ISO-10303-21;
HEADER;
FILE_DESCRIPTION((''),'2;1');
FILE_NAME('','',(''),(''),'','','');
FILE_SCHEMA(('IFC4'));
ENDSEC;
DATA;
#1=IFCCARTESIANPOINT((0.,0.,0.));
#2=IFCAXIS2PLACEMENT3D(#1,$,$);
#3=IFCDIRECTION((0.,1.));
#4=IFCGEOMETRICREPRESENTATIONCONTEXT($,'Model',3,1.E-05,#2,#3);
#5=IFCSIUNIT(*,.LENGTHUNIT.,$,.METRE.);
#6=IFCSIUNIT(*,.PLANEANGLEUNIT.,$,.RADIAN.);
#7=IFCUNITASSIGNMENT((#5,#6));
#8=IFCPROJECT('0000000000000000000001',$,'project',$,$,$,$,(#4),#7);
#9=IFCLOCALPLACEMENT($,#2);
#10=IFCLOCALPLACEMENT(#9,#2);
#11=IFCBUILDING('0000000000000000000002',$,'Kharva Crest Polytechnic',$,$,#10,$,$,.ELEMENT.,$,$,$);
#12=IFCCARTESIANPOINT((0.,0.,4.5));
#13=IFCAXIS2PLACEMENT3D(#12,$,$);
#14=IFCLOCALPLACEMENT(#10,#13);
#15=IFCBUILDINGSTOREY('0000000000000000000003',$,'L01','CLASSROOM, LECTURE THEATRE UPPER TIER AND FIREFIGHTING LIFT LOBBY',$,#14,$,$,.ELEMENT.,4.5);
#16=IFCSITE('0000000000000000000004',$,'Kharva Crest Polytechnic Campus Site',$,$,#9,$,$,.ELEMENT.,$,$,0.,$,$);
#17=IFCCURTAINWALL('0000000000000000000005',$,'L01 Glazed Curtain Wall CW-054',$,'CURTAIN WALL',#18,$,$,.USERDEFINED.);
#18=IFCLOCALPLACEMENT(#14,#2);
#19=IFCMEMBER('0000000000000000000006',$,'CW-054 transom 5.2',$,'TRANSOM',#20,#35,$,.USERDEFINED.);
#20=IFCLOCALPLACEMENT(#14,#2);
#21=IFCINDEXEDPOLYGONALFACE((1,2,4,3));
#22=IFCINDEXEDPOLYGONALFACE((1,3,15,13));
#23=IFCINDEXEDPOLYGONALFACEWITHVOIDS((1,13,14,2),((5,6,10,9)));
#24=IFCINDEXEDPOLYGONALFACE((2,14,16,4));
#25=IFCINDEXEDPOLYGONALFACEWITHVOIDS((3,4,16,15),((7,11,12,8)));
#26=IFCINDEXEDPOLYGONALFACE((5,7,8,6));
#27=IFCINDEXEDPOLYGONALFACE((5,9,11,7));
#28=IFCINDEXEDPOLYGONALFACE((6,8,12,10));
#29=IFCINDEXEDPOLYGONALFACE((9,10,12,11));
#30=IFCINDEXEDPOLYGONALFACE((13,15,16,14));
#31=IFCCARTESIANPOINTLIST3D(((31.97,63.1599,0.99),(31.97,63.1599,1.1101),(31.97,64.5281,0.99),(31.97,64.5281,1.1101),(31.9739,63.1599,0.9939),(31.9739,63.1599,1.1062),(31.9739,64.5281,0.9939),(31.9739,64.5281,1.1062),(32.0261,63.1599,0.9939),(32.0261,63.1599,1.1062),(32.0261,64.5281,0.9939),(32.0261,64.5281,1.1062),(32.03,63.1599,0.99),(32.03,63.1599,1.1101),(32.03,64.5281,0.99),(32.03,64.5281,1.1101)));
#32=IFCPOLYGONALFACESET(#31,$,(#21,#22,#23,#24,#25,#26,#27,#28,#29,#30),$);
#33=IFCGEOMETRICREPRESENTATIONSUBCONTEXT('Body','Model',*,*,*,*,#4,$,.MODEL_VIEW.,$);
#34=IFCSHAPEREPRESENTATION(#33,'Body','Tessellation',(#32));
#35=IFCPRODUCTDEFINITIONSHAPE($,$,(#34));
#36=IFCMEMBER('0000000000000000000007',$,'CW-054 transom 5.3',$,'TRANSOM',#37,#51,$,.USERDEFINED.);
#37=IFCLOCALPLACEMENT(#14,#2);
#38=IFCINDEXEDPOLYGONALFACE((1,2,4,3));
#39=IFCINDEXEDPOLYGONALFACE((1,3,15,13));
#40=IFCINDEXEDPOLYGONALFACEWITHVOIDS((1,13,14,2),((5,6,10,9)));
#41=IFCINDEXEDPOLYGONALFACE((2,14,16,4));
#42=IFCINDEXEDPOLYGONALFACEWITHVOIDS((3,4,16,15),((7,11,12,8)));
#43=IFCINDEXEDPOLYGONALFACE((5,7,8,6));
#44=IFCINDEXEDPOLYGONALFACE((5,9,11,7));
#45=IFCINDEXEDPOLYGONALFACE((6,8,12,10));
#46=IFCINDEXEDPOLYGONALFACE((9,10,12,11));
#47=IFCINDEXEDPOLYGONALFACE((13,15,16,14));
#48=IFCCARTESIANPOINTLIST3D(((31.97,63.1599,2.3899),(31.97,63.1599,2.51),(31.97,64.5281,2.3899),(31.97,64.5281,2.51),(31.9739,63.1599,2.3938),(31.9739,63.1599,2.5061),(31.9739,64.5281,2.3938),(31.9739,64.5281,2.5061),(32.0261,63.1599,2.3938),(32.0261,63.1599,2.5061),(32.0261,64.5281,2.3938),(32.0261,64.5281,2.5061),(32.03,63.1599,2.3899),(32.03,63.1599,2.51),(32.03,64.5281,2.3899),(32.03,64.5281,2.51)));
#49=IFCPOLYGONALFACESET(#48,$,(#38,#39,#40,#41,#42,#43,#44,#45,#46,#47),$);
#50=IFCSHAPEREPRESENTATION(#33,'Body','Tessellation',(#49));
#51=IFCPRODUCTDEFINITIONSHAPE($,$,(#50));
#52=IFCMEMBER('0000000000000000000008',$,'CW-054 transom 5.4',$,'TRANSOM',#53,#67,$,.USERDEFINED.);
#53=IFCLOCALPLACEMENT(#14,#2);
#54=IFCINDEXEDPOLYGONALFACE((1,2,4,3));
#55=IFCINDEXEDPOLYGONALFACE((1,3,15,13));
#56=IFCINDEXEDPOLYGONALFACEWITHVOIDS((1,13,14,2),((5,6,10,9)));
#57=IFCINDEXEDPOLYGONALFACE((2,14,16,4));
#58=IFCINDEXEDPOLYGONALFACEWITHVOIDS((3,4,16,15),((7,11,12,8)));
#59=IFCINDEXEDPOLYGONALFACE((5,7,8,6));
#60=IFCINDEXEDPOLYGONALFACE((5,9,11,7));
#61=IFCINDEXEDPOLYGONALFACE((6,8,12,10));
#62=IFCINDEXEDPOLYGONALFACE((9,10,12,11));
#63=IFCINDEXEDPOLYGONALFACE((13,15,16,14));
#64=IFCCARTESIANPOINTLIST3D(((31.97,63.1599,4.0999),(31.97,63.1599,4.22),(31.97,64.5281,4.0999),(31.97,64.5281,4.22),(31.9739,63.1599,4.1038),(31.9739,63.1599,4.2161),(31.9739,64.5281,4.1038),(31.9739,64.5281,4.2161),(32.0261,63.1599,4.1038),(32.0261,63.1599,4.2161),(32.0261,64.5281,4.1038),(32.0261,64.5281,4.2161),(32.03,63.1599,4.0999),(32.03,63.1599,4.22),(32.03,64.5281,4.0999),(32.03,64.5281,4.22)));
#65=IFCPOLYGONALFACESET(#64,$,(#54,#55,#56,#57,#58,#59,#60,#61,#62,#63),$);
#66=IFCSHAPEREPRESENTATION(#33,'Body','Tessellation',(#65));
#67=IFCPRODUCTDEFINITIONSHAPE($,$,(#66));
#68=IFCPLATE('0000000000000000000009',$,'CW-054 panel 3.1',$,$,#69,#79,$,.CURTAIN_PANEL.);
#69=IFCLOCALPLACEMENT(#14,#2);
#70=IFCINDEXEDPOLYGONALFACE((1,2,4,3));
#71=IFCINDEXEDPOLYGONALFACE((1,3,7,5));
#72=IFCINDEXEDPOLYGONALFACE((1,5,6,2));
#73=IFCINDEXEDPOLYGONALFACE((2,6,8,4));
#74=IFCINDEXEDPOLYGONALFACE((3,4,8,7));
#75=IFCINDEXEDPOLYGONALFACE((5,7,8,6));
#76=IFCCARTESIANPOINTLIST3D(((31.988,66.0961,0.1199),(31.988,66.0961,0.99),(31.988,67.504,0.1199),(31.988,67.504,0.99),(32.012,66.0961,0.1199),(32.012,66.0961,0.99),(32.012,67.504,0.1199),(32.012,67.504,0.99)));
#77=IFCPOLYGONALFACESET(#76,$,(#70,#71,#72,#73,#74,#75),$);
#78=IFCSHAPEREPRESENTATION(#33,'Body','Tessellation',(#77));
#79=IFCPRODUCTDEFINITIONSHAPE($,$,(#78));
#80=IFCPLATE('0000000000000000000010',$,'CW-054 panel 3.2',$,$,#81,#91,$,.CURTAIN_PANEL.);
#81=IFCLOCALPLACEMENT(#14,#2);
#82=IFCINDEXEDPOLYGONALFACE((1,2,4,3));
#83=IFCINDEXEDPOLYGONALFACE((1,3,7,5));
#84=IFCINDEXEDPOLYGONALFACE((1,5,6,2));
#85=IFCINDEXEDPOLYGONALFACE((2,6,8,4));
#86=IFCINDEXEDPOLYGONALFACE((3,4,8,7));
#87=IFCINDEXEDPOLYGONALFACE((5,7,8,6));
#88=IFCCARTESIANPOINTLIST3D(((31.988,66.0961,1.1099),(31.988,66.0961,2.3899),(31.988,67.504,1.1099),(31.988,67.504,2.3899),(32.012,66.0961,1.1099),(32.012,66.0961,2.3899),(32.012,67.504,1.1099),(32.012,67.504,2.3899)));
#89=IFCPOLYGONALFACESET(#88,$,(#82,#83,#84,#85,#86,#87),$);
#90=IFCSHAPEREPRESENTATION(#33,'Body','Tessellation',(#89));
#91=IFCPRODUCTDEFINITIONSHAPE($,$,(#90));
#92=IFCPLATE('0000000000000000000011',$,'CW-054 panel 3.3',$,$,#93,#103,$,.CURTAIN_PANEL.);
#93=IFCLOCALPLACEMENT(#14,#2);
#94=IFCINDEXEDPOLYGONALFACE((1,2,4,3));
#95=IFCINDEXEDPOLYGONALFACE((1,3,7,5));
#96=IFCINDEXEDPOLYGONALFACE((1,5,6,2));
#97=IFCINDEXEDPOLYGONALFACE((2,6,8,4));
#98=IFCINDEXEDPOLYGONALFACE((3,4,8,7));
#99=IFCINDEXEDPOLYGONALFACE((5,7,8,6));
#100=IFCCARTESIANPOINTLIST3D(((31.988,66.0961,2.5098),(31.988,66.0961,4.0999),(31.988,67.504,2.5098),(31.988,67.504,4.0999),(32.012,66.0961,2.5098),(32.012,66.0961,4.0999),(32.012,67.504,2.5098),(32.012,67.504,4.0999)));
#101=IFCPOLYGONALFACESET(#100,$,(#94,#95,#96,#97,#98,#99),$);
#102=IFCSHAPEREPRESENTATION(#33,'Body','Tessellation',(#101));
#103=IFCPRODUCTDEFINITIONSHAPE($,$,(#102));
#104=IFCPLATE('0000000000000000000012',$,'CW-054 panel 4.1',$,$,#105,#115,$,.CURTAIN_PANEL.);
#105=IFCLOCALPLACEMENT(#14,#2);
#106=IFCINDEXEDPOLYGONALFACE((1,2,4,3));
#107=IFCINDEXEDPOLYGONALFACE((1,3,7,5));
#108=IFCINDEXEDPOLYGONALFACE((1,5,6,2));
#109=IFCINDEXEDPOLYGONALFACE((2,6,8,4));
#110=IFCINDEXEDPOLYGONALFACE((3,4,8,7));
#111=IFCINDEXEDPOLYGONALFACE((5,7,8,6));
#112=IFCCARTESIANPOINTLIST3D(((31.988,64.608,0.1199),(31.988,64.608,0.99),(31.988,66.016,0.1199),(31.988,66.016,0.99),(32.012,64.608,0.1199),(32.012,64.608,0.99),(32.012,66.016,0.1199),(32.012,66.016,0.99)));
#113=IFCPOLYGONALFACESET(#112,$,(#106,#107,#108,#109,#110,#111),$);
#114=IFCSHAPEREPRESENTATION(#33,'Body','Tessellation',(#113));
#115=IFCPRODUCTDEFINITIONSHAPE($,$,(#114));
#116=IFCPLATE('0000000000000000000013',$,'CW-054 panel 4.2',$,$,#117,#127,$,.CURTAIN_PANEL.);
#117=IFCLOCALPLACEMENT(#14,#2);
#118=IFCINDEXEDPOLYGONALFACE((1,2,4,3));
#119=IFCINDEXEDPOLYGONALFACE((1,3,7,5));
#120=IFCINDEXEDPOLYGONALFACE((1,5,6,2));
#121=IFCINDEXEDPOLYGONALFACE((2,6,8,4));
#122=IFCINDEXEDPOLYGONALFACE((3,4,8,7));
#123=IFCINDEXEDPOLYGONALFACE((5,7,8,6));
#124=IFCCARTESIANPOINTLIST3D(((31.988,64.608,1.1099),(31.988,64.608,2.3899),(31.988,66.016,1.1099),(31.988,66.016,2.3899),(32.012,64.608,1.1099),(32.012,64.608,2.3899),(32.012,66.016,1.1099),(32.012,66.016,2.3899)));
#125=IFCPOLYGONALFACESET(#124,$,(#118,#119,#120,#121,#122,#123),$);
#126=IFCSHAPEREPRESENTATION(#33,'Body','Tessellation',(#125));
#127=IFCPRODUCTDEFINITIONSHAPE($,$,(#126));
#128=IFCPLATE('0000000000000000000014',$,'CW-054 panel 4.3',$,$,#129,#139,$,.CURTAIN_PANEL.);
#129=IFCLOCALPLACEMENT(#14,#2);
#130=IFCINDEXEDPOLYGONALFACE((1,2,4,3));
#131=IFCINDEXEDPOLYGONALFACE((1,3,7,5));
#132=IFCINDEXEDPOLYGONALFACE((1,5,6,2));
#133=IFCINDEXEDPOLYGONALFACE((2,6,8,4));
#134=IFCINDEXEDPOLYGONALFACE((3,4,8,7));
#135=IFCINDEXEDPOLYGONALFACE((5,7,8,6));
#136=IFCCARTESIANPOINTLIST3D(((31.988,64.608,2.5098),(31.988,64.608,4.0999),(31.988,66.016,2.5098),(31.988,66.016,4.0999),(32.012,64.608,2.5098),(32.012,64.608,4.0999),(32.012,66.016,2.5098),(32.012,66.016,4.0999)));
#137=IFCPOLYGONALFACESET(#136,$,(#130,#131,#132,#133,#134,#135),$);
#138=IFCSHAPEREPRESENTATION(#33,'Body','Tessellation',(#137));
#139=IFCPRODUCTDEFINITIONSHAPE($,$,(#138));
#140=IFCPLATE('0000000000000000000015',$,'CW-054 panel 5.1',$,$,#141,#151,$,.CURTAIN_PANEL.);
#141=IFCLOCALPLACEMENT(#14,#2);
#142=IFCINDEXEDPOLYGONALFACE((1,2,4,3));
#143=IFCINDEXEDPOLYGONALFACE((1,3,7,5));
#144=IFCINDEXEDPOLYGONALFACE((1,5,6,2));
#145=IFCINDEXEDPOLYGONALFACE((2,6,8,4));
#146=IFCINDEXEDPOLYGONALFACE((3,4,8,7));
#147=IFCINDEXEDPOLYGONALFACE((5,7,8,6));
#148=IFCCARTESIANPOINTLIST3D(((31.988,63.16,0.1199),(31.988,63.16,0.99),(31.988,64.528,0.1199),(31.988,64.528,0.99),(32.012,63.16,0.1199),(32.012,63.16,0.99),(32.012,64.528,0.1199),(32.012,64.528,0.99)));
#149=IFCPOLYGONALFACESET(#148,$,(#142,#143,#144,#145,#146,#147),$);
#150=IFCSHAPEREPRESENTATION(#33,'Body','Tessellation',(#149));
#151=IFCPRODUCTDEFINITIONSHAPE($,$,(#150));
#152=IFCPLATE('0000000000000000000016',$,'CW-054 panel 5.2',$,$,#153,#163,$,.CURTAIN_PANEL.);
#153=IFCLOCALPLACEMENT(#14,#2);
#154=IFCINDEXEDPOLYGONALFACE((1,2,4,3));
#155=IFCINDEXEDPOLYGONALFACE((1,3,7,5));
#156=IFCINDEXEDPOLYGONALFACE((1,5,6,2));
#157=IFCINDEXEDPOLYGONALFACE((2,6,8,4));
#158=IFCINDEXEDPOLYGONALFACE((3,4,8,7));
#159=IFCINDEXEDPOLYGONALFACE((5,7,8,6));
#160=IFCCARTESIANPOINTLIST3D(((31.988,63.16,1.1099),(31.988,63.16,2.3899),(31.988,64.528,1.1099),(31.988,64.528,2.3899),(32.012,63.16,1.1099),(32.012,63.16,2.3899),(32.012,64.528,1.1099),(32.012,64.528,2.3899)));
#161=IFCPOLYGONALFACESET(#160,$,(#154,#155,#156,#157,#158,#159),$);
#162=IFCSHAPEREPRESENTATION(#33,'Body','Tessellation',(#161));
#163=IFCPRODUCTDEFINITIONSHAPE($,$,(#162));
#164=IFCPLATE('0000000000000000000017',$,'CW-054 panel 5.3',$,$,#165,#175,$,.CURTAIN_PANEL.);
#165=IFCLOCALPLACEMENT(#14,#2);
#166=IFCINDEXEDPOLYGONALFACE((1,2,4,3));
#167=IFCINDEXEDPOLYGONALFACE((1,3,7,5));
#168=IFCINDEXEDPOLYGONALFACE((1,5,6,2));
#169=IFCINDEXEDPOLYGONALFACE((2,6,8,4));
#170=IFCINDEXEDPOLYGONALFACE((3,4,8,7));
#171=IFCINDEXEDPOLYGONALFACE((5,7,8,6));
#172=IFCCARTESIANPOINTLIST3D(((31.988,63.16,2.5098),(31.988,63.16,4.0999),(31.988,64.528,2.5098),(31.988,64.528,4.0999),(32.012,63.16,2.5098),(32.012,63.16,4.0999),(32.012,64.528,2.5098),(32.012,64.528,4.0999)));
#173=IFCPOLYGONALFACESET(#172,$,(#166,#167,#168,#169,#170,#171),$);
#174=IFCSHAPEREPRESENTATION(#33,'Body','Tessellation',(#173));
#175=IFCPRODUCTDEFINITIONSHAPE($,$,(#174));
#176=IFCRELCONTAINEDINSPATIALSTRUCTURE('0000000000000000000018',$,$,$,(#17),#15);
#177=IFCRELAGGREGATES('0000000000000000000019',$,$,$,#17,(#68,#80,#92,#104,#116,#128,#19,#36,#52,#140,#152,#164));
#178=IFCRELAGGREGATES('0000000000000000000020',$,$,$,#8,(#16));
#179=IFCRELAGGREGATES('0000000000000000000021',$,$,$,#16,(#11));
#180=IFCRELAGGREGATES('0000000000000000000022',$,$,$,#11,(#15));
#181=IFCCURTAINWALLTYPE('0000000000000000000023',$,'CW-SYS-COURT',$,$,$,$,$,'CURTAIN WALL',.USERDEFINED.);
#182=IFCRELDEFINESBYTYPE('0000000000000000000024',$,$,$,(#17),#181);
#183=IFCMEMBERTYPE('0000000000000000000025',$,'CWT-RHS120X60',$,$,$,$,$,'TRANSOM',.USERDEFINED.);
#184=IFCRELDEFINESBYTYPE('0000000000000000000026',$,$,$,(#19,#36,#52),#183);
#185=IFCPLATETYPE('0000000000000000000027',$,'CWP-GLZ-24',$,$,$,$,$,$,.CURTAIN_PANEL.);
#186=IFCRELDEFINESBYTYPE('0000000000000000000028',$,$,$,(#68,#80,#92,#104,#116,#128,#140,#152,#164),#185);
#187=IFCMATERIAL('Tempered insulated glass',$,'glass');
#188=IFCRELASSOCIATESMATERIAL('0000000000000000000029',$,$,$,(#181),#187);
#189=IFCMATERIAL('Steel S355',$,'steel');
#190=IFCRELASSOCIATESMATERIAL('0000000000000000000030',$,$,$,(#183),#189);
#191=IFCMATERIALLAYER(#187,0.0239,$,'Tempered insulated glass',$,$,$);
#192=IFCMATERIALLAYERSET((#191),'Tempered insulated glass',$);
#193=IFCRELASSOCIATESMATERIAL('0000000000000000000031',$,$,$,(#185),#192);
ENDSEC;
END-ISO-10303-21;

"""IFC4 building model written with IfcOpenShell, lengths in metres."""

from ifc_helpers import new_model, si_unit, direction, frame, origin, origin_2d, place, context, subcontext, project, spatial, rectangle, hollow_rectangle, extrude, material, layer, layer_set, material_profile, profile_set, type_object, element, aggregate, save


model = new_model("IFC4")

# Units and contexts
model_context = context("Model", 3, precision=1e-05, world=origin(), true_north=direction((0.0, 1.0)))
body_context = subcontext(model_context, "Body", "Model", "MODEL_VIEW")
ifc_project = project(units=[si_unit("LENGTHUNIT", "METRE"), si_unit("PLANEANGLEUNIT", "RADIAN")], contexts=[model_context])

# Site, building, storey
site_placement = place(None, origin())
site = spatial("IfcSite", under=ifc_project, at=site_placement, Name="Kharva Crest Polytechnic Campus Site", CompositionType="ELEMENT", RefElevation=0.0)
building_placement = place(site_placement, origin())
building = spatial("IfcBuilding", under=site, at=building_placement, Name="Kharva Crest Polytechnic", CompositionType="ELEMENT")
storey_placement = place(building_placement, frame((0.0, 0.0, 4.5)))
storey = spatial("IfcBuildingStorey", under=building, at=storey_placement, Name="L01", Description="CLASSROOM, LECTURE THEATRE UPPER TIER AND FIREFIGHTING LIFT LOBBY", CompositionType="ELEMENT", Elevation=4.5)

# Curtain wall, members, plates
ifc_material_1 = material(Name="Tempered insulated glass", Category="glass")
curtain_wall_type = type_object("IfcCurtainWallType", Name="CW-SYS-COURT", ElementType="CURTAIN WALL", PredefinedType="USERDEFINED", material=ifc_material_1)
curtain_wall_placement = place(storey_placement, origin())
curtain_wall = element("IfcCurtainWall", 1, at=curtain_wall_placement, inside=storey, type_object=curtain_wall_type, Name="L01 Glazed Curtain Wall CW-054", ObjectType="CURTAIN WALL", PredefinedType="USERDEFINED")
ifc_material_2 = material(Name="Steel S355", Category="steel")
ifc_material_profile_1 = material_profile(ifc_material_2, hollow_rectangle(XDim=0.0601, YDim=0.1201, WallThickness=0.0039, at=origin_2d()), Name="RHS 120X60X4.0")
ifc_profile_set_1 = profile_set([ifc_material_profile_1], Name="Steel S355")
member_type_1 = type_object("IfcMemberType", Name="CWT-RHS120X60", ElementType="TRANSOM", PredefinedType="USERDEFINED", material=ifc_profile_set_1)
member_1_placement = place(storey_placement, frame((32.0, 64.5281, 1.05), z_axis=(0.0, -1.0, 0.0), x_axis=(1.0, 0.0, 0.0)))
member_1 = element("IfcMember", 2, at=member_1_placement, type_object=member_type_1, Name="CW-054 transom 5.2", ObjectType="TRANSOM", PredefinedType="USERDEFINED", context=body_context, shape_type="SweptSolid", body=[
    extrude(hollow_rectangle(XDim=0.0601, YDim=0.1201, WallThickness=0.0039, at=origin_2d()), origin(), (0.0, 0.0, 1.0), 1.3682),
])
member_2_placement = place(storey_placement, frame((32.0, 64.5281, 2.45), z_axis=(0.0, -1.0, 0.0), x_axis=(1.0, 0.0, 0.0)))
member_2 = element("IfcMember", 3, at=member_2_placement, type_object=member_type_1, Name="CW-054 transom 5.3", ObjectType="TRANSOM", PredefinedType="USERDEFINED", context=body_context, shape_type="SweptSolid", body=[
    extrude(hollow_rectangle(XDim=0.0601, YDim=0.1201, WallThickness=0.0039, at=origin_2d()), origin(), (0.0, 0.0, 1.0), 1.3682),
])
member_3_placement = place(storey_placement, frame((32.0, 64.5281, 4.1599), z_axis=(0.0, -1.0, 0.0), x_axis=(1.0, 0.0, 0.0)))
member_3 = element("IfcMember", 4, at=member_3_placement, type_object=member_type_1, Name="CW-054 transom 5.4", ObjectType="TRANSOM", PredefinedType="USERDEFINED", context=body_context, shape_type="SweptSolid", body=[
    extrude(hollow_rectangle(XDim=0.0601, YDim=0.1201, WallThickness=0.0039, at=origin_2d()), origin(), (0.0, 0.0, 1.0), 1.3682),
])
ifc_layer_1 = layer(ifc_material_1, 0.0239, Name="Tempered insulated glass")
ifc_layer_set_1 = layer_set([ifc_layer_1], Name="Tempered insulated glass")
plate_type = type_object("IfcPlateType", Name="CWP-GLZ-24", PredefinedType="CURTAIN_PANEL", material=ifc_layer_set_1)
plate_1_placement = place(storey_placement, frame((32.0, 66.8, 0.1199), z_axis=(0.0, 0.0, 1.0), x_axis=(0.0, -1.0, 0.0)))
plate_1 = element("IfcPlate", 5, at=plate_1_placement, type_object=plate_type, Name="CW-054 panel 3.1", PredefinedType="CURTAIN_PANEL", context=body_context, shape_type="SweptSolid", body=[
    extrude(rectangle(XDim=1.408, YDim=0.0239, at=origin_2d()), origin(), (0.0, 0.0, 1.0), 0.8701),
])
plate_2_placement = place(storey_placement, frame((32.0, 66.8, 1.1099), z_axis=(0.0, 0.0, 1.0), x_axis=(0.0, -1.0, 0.0)))
plate_2 = element("IfcPlate", 6, at=plate_2_placement, type_object=plate_type, Name="CW-054 panel 3.2", PredefinedType="CURTAIN_PANEL", context=body_context, shape_type="SweptSolid", body=[
    extrude(rectangle(XDim=1.408, YDim=0.0239, at=origin_2d()), origin(), (0.0, 0.0, 1.0), 1.28),
])
plate_3_placement = place(storey_placement, frame((32.0, 66.8, 2.5098), z_axis=(0.0, 0.0, 1.0), x_axis=(0.0, -1.0, 0.0)))
plate_3 = element("IfcPlate", 7, at=plate_3_placement, type_object=plate_type, Name="CW-054 panel 3.3", PredefinedType="CURTAIN_PANEL", context=body_context, shape_type="SweptSolid", body=[
    extrude(rectangle(XDim=1.408, YDim=0.0239, at=origin_2d()), origin(), (0.0, 0.0, 1.0), 1.5901),
])
plate_4_placement = place(storey_placement, frame((32.0, 65.312, 0.1199), z_axis=(0.0, 0.0, 1.0), x_axis=(0.0, -1.0, 0.0)))
plate_4 = element("IfcPlate", 8, at=plate_4_placement, type_object=plate_type, Name="CW-054 panel 4.1", PredefinedType="CURTAIN_PANEL", context=body_context, shape_type="SweptSolid", body=[
    extrude(rectangle(XDim=1.408, YDim=0.0239, at=origin_2d()), origin(), (0.0, 0.0, 1.0), 0.8701),
])
plate_5_placement = place(storey_placement, frame((32.0, 65.312, 1.1099), z_axis=(0.0, 0.0, 1.0), x_axis=(0.0, -1.0, 0.0)))
plate_5 = element("IfcPlate", 9, at=plate_5_placement, type_object=plate_type, Name="CW-054 panel 4.2", PredefinedType="CURTAIN_PANEL", context=body_context, shape_type="SweptSolid", body=[
    extrude(rectangle(XDim=1.408, YDim=0.0239, at=origin_2d()), origin(), (0.0, 0.0, 1.0), 1.28),
])
plate_6_placement = place(storey_placement, frame((32.0, 65.312, 2.5098), z_axis=(0.0, 0.0, 1.0), x_axis=(0.0, -1.0, 0.0)))
plate_6 = element("IfcPlate", 10, at=plate_6_placement, type_object=plate_type, Name="CW-054 panel 4.3", PredefinedType="CURTAIN_PANEL", context=body_context, shape_type="SweptSolid", body=[
    extrude(rectangle(XDim=1.408, YDim=0.0239, at=origin_2d()), origin(), (0.0, 0.0, 1.0), 1.5901),
])
plate_7_placement = place(storey_placement, frame((32.0, 63.844, 0.1199), z_axis=(0.0, 0.0, 1.0), x_axis=(0.0, -1.0, 0.0)))
plate_7 = element("IfcPlate", 11, at=plate_7_placement, type_object=plate_type, Name="CW-054 panel 5.1", PredefinedType="CURTAIN_PANEL", context=body_context, shape_type="SweptSolid", body=[
    extrude(rectangle(XDim=1.3679, YDim=0.0239, at=origin_2d()), origin(), (0.0, 0.0, 1.0), 0.8701),
])
plate_8_placement = place(storey_placement, frame((32.0, 63.844, 1.1099), z_axis=(0.0, 0.0, 1.0), x_axis=(0.0, -1.0, 0.0)))
plate_8 = element("IfcPlate", 12, at=plate_8_placement, type_object=plate_type, Name="CW-054 panel 5.2", PredefinedType="CURTAIN_PANEL", context=body_context, shape_type="SweptSolid", body=[
    extrude(rectangle(XDim=1.3679, YDim=0.0239, at=origin_2d()), origin(), (0.0, 0.0, 1.0), 1.28),
])
plate_9_placement = place(storey_placement, frame((32.0, 63.844, 2.5098), z_axis=(0.0, 0.0, 1.0), x_axis=(0.0, -1.0, 0.0)))
plate_9 = element("IfcPlate", 13, at=plate_9_placement, type_object=plate_type, Name="CW-054 panel 5.3", PredefinedType="CURTAIN_PANEL", context=body_context, shape_type="SweptSolid", body=[
    extrude(rectangle(XDim=1.3679, YDim=0.0239, at=origin_2d()), origin(), (0.0, 0.0, 1.0), 1.5901),
])
aggregate(curtain_wall, [plate_1, plate_2, plate_3, plate_4, plate_5, plate_6, member_1, member_2, member_3, plate_7, plate_8, plate_9])

save(model, "model.ifc")
